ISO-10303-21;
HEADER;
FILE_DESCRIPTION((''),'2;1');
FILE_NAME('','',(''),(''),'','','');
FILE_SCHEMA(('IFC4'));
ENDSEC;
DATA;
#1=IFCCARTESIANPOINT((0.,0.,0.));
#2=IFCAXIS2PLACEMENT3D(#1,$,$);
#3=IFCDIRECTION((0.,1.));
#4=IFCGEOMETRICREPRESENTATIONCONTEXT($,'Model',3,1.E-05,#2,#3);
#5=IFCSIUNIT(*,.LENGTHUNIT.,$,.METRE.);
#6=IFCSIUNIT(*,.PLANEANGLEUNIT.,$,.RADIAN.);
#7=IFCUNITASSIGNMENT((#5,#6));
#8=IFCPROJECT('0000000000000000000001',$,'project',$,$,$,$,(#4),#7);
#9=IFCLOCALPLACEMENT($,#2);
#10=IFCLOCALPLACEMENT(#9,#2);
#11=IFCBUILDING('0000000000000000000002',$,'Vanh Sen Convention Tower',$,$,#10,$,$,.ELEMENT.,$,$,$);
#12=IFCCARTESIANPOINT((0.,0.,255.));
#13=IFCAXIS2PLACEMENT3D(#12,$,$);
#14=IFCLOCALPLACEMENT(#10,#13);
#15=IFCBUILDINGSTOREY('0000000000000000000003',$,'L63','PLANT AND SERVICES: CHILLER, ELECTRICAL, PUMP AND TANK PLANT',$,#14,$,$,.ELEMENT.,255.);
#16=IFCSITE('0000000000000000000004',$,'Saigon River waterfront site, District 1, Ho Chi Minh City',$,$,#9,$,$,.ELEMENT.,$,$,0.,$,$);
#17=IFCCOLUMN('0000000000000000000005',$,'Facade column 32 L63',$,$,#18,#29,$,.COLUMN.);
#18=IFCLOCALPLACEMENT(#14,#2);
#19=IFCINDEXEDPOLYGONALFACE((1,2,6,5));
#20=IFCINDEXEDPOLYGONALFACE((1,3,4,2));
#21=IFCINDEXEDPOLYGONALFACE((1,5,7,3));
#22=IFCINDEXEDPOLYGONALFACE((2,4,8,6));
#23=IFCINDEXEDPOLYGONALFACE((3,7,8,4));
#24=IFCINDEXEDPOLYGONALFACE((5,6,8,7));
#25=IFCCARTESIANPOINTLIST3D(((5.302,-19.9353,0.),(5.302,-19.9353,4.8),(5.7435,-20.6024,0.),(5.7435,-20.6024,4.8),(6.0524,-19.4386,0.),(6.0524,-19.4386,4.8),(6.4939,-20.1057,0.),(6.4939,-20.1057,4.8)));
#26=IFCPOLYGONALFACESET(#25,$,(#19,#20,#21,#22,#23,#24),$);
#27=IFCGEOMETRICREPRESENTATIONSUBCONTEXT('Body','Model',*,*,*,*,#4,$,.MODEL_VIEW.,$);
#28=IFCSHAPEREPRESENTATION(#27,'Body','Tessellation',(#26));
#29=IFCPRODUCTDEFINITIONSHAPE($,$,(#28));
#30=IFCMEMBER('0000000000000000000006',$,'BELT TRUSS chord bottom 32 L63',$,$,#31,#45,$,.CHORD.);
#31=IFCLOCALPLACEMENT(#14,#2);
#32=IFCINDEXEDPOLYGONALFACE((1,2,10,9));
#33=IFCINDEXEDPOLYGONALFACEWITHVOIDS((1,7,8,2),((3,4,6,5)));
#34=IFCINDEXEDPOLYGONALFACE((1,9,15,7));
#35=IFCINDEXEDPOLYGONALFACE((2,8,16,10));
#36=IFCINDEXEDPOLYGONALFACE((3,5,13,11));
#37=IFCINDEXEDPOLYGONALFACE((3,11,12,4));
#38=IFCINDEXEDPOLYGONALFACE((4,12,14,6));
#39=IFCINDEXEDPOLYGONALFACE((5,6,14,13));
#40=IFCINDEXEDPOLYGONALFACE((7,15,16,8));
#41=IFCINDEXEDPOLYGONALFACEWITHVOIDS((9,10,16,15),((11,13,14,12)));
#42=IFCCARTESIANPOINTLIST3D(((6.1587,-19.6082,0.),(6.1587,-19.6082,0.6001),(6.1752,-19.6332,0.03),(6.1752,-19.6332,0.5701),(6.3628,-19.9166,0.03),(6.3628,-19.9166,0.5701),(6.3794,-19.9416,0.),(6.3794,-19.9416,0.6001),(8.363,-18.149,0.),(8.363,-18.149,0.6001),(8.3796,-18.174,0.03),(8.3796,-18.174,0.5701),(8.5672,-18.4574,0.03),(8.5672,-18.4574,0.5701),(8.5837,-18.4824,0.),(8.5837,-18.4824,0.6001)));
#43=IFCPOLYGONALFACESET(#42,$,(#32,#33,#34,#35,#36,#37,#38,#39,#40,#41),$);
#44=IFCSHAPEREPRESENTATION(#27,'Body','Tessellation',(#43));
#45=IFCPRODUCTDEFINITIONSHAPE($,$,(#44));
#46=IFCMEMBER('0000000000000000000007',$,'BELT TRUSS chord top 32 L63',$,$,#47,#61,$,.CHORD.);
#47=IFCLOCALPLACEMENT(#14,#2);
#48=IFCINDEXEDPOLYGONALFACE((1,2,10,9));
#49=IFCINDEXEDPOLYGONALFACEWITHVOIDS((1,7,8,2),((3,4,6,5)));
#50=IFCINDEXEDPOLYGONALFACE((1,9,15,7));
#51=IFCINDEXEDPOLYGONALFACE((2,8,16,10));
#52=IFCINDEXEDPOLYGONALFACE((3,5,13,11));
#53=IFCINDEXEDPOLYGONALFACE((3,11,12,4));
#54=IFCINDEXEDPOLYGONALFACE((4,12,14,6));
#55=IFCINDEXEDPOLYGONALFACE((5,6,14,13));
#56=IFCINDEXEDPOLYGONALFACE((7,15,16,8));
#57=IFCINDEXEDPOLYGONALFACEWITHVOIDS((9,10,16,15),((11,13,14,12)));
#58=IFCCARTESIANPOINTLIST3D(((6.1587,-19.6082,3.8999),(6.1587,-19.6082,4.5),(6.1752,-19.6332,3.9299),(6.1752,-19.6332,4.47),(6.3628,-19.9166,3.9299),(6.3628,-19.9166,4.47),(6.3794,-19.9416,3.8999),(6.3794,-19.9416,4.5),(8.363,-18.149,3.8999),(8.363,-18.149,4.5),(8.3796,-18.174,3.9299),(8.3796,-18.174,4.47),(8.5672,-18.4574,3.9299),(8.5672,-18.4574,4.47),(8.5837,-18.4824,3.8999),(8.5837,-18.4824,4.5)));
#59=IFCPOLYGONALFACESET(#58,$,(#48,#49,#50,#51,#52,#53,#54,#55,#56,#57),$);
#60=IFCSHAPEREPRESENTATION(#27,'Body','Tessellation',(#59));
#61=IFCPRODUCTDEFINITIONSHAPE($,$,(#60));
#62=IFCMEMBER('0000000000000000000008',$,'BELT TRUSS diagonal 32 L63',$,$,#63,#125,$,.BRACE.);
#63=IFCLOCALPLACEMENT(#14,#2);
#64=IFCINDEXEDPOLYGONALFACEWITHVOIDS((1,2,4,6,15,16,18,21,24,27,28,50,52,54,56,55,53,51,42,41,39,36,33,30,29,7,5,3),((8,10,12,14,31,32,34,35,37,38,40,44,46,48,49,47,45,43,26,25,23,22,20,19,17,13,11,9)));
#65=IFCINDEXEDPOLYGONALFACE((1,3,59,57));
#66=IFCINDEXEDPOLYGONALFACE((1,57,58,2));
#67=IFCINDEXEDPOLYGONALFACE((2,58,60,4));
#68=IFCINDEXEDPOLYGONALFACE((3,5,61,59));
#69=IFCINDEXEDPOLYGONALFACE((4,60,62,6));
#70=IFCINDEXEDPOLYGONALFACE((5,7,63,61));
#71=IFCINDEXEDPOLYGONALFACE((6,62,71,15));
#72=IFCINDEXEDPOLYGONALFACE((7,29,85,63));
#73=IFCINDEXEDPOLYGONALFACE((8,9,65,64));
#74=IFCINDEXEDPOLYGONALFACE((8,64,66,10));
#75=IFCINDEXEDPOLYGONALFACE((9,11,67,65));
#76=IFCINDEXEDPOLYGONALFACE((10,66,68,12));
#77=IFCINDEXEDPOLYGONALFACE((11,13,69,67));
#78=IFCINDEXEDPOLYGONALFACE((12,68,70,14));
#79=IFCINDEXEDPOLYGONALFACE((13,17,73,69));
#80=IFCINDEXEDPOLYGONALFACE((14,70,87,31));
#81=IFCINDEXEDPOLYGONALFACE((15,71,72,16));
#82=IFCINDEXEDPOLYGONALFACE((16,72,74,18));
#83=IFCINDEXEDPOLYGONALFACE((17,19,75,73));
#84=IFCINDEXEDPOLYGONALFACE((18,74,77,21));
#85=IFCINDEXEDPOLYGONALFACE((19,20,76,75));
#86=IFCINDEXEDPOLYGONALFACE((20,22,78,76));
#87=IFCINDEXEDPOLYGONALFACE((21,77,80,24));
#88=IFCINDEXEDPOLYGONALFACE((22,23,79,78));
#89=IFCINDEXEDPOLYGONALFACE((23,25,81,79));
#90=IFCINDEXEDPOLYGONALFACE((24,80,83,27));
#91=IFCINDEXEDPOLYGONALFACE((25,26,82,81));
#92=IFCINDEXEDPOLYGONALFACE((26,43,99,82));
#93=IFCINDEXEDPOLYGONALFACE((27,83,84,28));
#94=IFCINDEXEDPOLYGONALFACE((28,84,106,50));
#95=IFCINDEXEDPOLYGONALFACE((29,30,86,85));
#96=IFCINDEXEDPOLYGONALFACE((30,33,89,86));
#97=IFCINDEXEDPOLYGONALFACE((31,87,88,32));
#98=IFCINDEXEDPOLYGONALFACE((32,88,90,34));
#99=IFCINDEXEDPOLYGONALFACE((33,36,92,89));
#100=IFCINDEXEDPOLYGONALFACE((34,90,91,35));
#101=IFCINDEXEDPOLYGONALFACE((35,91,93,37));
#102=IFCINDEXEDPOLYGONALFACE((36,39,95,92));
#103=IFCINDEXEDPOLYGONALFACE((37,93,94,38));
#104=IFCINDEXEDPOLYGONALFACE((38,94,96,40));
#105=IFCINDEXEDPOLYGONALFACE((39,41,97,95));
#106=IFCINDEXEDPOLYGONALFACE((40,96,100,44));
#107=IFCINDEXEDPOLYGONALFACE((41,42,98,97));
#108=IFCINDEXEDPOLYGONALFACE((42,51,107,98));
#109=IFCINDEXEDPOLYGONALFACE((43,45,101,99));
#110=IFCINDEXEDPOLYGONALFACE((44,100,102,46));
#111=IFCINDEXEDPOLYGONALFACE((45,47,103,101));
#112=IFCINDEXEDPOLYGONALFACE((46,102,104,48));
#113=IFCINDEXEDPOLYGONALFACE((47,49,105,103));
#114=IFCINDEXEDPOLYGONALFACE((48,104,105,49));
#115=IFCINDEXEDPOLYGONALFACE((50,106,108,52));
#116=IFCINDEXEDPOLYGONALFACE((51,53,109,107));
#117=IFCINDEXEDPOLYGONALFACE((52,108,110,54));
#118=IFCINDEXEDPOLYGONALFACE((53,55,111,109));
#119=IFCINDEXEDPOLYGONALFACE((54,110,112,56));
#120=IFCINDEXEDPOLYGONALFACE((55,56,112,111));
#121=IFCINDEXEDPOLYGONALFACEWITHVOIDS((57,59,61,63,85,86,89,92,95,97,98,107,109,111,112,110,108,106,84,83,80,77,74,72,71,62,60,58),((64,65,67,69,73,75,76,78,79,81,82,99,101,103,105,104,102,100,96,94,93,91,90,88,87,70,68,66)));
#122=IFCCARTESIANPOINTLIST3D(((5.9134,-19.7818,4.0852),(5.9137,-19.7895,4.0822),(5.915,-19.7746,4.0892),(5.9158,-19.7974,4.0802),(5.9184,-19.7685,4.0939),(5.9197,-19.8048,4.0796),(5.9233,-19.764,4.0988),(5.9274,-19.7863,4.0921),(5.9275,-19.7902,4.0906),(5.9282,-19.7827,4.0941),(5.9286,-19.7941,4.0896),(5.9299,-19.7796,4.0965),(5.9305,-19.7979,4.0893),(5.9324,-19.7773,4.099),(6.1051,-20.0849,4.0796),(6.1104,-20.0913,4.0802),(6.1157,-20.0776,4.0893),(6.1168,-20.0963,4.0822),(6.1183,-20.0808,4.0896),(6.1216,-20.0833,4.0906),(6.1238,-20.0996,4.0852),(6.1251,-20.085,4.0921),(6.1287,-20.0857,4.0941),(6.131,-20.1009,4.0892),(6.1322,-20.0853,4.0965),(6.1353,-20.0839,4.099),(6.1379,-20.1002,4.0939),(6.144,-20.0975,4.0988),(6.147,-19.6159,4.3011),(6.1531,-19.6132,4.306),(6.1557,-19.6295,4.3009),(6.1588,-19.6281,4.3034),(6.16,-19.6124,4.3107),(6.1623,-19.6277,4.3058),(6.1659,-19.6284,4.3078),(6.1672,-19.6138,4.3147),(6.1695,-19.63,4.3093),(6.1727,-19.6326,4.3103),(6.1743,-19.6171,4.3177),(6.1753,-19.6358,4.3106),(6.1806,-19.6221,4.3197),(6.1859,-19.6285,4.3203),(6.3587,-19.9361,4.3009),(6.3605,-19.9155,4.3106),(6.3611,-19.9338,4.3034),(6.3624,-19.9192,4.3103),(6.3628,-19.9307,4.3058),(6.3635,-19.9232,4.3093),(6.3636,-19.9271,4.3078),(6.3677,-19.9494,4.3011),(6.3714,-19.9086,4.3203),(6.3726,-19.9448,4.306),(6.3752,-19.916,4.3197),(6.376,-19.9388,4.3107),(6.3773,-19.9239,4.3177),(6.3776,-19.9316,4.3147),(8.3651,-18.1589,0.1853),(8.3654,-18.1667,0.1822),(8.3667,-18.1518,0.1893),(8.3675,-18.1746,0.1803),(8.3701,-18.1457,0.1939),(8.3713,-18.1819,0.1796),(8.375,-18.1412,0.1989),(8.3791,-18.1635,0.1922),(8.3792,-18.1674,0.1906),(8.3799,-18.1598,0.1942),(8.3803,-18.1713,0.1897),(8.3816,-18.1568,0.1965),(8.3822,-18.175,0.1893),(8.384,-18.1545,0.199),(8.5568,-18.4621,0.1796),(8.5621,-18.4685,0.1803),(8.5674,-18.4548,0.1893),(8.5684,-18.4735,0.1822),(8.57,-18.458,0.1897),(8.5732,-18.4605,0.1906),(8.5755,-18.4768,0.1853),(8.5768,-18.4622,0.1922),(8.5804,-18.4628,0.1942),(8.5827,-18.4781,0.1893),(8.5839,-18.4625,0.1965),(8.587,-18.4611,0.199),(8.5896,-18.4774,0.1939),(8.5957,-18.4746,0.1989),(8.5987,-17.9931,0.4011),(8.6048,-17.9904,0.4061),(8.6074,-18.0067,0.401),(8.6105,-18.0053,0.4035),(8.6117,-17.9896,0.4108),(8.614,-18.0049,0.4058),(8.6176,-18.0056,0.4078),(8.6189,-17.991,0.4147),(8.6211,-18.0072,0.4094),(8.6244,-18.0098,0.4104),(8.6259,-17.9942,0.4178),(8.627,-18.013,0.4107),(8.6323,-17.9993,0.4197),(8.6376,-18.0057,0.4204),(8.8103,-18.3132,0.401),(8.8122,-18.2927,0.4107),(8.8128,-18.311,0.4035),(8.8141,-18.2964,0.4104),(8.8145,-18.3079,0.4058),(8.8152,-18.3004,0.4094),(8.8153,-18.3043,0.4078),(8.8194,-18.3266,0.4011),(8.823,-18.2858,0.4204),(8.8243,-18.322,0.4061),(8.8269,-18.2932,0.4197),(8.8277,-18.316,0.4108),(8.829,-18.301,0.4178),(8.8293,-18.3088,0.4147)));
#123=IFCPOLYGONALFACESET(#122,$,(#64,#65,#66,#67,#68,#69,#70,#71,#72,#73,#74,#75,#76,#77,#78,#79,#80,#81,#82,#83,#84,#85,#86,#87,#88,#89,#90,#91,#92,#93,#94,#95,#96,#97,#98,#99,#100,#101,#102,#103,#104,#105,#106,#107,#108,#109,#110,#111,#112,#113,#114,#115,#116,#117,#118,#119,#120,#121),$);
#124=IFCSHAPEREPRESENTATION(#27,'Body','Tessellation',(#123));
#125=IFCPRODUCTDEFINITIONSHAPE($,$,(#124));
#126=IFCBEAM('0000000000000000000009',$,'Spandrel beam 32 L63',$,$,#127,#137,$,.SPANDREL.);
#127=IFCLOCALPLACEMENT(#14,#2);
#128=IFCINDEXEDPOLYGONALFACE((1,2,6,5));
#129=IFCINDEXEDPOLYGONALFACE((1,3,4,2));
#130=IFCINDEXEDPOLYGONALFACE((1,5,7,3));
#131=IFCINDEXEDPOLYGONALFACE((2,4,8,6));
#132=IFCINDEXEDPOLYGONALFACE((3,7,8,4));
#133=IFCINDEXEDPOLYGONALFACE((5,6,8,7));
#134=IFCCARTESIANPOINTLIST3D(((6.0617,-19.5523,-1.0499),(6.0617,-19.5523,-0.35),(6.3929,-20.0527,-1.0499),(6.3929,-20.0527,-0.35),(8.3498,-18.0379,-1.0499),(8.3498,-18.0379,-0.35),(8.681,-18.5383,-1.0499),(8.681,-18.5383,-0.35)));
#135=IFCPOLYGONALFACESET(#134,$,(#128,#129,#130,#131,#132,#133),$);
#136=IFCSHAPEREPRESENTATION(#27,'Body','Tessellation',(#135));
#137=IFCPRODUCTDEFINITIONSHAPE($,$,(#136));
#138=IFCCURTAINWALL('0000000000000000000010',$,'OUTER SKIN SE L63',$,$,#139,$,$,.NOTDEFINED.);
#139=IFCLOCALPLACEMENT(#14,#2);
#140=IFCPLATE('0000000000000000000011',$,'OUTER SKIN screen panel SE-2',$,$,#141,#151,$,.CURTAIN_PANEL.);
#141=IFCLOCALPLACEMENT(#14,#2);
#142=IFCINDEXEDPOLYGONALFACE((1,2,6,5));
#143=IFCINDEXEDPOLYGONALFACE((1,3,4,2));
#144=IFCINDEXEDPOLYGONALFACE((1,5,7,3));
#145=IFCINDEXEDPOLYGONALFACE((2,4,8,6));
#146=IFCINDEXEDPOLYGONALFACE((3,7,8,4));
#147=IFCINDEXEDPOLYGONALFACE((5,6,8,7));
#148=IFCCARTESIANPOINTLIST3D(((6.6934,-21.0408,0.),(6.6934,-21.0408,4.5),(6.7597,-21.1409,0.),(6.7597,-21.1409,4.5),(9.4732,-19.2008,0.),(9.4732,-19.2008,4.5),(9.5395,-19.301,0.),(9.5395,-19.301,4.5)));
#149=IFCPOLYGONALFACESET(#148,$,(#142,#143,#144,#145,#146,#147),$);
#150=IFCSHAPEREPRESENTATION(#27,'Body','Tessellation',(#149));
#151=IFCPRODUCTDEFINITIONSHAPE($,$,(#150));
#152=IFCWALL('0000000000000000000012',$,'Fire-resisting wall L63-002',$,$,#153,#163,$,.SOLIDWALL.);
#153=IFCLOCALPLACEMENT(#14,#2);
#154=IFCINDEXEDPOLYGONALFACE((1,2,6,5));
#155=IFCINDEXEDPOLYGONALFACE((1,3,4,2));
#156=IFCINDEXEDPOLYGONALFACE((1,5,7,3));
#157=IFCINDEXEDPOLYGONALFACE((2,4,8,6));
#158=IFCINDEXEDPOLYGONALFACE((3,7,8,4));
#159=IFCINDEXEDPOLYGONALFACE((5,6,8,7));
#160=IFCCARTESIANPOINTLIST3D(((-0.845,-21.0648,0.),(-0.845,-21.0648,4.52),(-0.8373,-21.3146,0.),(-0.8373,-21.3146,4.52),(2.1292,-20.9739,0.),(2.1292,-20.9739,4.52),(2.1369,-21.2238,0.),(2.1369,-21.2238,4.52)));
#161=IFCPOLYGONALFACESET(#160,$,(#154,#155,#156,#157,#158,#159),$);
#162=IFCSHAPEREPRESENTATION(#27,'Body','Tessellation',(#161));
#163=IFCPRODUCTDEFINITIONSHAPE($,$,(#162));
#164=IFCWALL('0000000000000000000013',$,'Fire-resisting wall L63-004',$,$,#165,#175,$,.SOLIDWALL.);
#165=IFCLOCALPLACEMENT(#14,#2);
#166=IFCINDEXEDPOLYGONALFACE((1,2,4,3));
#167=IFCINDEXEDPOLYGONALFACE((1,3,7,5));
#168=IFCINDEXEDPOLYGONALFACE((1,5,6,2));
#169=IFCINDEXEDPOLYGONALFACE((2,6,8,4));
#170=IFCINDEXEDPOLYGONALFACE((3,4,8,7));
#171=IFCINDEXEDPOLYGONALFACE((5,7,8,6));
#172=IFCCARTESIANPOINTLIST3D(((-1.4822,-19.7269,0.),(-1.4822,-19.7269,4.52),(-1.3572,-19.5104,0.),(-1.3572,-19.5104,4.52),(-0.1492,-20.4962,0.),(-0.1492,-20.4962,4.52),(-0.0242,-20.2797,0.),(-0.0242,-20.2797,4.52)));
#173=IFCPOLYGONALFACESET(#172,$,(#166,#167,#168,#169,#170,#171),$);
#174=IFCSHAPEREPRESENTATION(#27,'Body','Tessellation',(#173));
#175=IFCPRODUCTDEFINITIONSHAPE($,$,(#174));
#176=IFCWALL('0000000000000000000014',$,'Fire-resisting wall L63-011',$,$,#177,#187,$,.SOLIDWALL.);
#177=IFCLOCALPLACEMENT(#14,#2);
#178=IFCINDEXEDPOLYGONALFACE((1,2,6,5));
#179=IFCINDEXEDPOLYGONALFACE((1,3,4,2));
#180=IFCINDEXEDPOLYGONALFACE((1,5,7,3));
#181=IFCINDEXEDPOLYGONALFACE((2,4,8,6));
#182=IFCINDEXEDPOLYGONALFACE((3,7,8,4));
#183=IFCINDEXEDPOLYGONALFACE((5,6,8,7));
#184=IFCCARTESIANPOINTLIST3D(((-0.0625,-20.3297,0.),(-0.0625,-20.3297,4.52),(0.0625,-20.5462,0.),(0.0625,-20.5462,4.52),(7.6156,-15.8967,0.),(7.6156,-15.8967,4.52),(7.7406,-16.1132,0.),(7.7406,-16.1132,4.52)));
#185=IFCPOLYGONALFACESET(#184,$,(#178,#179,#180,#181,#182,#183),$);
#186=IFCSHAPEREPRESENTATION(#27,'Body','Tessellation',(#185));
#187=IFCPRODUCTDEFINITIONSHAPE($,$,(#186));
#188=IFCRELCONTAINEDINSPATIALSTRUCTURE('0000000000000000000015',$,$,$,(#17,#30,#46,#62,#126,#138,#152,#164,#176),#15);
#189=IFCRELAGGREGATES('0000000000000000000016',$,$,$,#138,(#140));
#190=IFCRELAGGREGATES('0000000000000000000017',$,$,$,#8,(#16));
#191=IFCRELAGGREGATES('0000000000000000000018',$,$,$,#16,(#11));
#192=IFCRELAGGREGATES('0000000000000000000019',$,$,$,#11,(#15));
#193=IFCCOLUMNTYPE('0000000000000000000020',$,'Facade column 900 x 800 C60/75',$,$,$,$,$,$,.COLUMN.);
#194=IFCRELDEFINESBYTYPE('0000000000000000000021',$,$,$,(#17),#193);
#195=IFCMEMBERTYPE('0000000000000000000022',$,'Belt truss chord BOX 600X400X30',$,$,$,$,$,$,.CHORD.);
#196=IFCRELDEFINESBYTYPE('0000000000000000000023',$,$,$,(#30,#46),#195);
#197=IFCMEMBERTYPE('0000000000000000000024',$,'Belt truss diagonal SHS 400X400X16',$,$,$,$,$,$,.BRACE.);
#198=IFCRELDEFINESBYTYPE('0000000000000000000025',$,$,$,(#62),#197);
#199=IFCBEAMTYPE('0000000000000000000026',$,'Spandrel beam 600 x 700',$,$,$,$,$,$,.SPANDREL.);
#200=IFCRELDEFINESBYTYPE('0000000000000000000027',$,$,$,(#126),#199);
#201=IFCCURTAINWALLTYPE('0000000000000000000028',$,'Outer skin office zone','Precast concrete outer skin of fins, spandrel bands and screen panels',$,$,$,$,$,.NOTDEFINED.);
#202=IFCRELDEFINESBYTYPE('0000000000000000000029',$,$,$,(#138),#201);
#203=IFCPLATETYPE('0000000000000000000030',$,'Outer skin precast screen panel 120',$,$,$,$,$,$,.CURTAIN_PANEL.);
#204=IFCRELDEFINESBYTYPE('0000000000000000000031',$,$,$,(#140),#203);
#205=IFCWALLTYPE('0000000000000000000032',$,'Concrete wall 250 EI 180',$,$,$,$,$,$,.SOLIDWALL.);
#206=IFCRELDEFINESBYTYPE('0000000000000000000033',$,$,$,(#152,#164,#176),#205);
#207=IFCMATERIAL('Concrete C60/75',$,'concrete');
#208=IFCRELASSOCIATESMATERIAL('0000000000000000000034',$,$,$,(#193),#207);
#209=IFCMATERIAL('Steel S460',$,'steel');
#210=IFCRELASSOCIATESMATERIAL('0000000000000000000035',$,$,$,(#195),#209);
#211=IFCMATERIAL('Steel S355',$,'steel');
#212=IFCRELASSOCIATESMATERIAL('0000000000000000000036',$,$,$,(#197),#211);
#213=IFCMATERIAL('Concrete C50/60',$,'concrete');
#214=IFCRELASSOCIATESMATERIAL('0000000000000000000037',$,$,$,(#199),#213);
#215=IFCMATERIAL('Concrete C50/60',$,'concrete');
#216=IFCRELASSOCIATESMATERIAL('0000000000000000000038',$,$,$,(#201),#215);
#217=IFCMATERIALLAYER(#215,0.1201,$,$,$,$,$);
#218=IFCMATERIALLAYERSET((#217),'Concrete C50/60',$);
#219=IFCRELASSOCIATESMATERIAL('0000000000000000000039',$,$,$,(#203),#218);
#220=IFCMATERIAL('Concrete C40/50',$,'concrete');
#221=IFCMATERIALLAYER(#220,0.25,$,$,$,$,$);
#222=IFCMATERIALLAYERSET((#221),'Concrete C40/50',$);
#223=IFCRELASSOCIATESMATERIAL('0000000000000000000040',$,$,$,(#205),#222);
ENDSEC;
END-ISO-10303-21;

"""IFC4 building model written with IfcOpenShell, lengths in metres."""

from ifc_helpers import new_model, si_unit, direction, frame, frame_2d, origin, origin_2d, place, context, subcontext, project, spatial, rectangle, hollow_rectangle, extrude, material, layer, layer_set, material_profile, profile_set, type_object, element, aggregate, save


model = new_model("IFC4")

# Units and contexts
model_context = context("Model", 3, precision=1e-05, world=origin(), true_north=direction((0.0, 1.0)))
body_context = subcontext(model_context, "Body", "Model", "MODEL_VIEW")
ifc_project = project(units=[si_unit("LENGTHUNIT", "METRE"), si_unit("PLANEANGLEUNIT", "RADIAN")], contexts=[model_context])

# Site, building, storey
site_placement = place(None, origin())
site = spatial("IfcSite", under=ifc_project, at=site_placement, Name="Saigon River waterfront site, District 1, Ho Chi Minh City", CompositionType="ELEMENT", RefElevation=0.0)
building_placement = place(site_placement, origin())
building = spatial("IfcBuilding", under=site, at=building_placement, Name="Vanh Sen Convention Tower", CompositionType="ELEMENT")
storey_placement = place(building_placement, frame((0.0, 0.0, 255.0)))
storey = spatial("IfcBuildingStorey", under=building, at=storey_placement, Name="L63", Description="PLANT AND SERVICES: CHILLER, ELECTRICAL, PUMP AND TANK PLANT", CompositionType="ELEMENT", Elevation=255.0)

# Column
ifc_material_1 = material(Name="Concrete C60/75", Category="concrete")
ifc_material_profile_1 = material_profile(ifc_material_1, rectangle(XDim=0.8999, YDim=0.8, at=origin_2d()), Name="RC 900X800")
ifc_profile_set_1 = profile_set([ifc_material_profile_1], Name="Concrete C60/75")
column_type = type_object("IfcColumnType", Name="Facade column 900 x 800 C60/75", PredefinedType="COLUMN", material=ifc_profile_set_1)
column_placement = place(storey_placement, frame((5.8979, -20.0205, 0.0), z_axis=(0.0, 0.0, 1.0), x_axis=(0.833886, 0.551937, 0.0)))
element("IfcColumn", 1, at=column_placement, inside=storey, type_object=column_type, Name="Facade column 32 L63", PredefinedType="COLUMN", context=body_context, shape_type="SweptSolid", body=[
    extrude(rectangle(XDim=0.8999, YDim=0.8, at=origin_2d()), origin(), (0.0, 0.0, 1.0), 4.8),
])

# Members
ifc_material_2 = material(Name="Steel S460", Category="steel")
ifc_material_profile_2 = material_profile(ifc_material_2, hollow_rectangle(XDim=0.3999, YDim=0.6001, WallThickness=0.03, at=origin_2d()), Name="BOX 600X400X30")
ifc_profile_set_2 = profile_set([ifc_material_profile_2], Name="Steel S460")
member_type_1 = type_object("IfcMemberType", Name="Belt truss chord BOX 600X400X30", PredefinedType="CHORD", material=ifc_profile_set_2)
for number, where, z_axis, x_axis, name in (
    (2, (6.269, -19.7749, 0.3), (0.83385, 0.551991, 0.0), (-0.551991, 0.83385, 0.0), "BELT TRUSS chord bottom 32 L63"),
    (3, (6.269, -19.7749, 4.2), (0.83385, 0.551991, 0.0), (-0.551991, 0.83385, 0.0), "BELT TRUSS chord top 32 L63"),
):
    element("IfcMember", number, at=place(storey_placement, frame(where, z_axis=z_axis, x_axis=x_axis)), inside=storey, type_object=member_type_1, Name=name, PredefinedType="CHORD", context=body_context, shape_type="SweptSolid", body=[
        extrude(hollow_rectangle(XDim=0.3999, YDim=0.6001, WallThickness=0.03, at=origin_2d()), origin(), (0.0, 0.0, 1.0), 2.6436),
    ])
ifc_material_3 = material(Name="Steel S355", Category="steel")
ifc_material_profile_3 = material_profile(ifc_material_3, hollow_rectangle(XDim=0.3999, YDim=0.3999, WallThickness=0.0161, InnerFilletRadius=0.0161, OuterFilletRadius=0.032, at=origin_2d()), Name="SHS 400X400X16")
ifc_profile_set_3 = profile_set([ifc_material_profile_3], Name="Steel S355")
member_type_2 = type_object("IfcMemberType", Name="Belt truss diagonal SHS 400X400X16", PredefinedType="BRACE", material=ifc_profile_set_3)
member_placement = place(storey_placement, frame((6.1455, -19.8567, 4.2), z_axis=(0.501979, 0.33227, -0.798507), x_axis=(-0.551957, 0.833873, 0.0)))
element("IfcMember", 4, at=member_placement, inside=storey, type_object=member_type_2, Name="BELT TRUSS diagonal 32 L63", PredefinedType="BRACE", context=body_context, shape_type="SweptSolid", body=[
    extrude(hollow_rectangle(XDim=0.3999, YDim=0.3999, WallThickness=0.0161, InnerFilletRadius=0.0161, OuterFilletRadius=0.032, at=origin_2d()), origin(), (0.0, 0.0, 1.0), 4.884),
])

# Beam
ifc_material_4 = material(Name="Concrete C50/60", Category="concrete")
ifc_material_profile_4 = material_profile(ifc_material_4, rectangle(XDim=0.6001, YDim=0.7, at=origin_2d()), Name="RC 600X700")
ifc_profile_set_4 = profile_set([ifc_material_profile_4], Name="Concrete C50/60")
beam_type = type_object("IfcBeamType", Name="Spandrel beam 600 x 700", PredefinedType="SPANDREL", material=ifc_profile_set_4)
beam_placement = place(storey_placement, frame((6.2273, -19.8025, -0.7), z_axis=(0.833894, 0.551925, 0.0), x_axis=(-0.551925, 0.833894, 0.0)))
element("IfcBeam", 5, at=beam_placement, inside=storey, type_object=beam_type, Name="Spandrel beam 32 L63", PredefinedType="SPANDREL", context=body_context, shape_type="SweptSolid", body=[
    extrude(rectangle(XDim=0.6001, YDim=0.7, at=origin_2d()), origin(), (0.0, 0.0, 1.0), 2.7439),
])

# Curtain wall, plate
ifc_material_5 = material(Name="Concrete C50/60", Category="concrete")
curtain_wall_type = type_object("IfcCurtainWallType", Name="Outer skin office zone", Description="Precast concrete outer skin of fins, spandrel bands and screen panels", PredefinedType="NOTDEFINED", material=ifc_material_5)
curtain_wall_placement = place(storey_placement, origin())
curtain_wall = element("IfcCurtainWall", 6, at=curtain_wall_placement, inside=storey, type_object=curtain_wall_type, Name="OUTER SKIN SE L63", PredefinedType="NOTDEFINED")
ifc_layer_1 = layer(ifc_material_5, 0.1201)
ifc_layer_set_1 = layer_set([ifc_layer_1], Name="Concrete C50/60")
plate_type = type_object("IfcPlateType", Name="Outer skin precast screen panel 120", PredefinedType="CURTAIN_PANEL", material=ifc_layer_set_1)
plate_placement = place(storey_placement, frame((8.1165, -20.1709, 0.0), z_axis=(0.0, 0.0, 1.0), x_axis=(0.833874, 0.551954, 0.0)))
plate = element("IfcPlate", 7, at=plate_placement, type_object=plate_type, Name="OUTER SKIN screen panel SE-2", PredefinedType="CURTAIN_PANEL", context=body_context, shape_type="SweptSolid", body=[
    extrude(rectangle(XDim=3.3335, YDim=0.1201, at=origin_2d()), origin(), (0.0, 0.0, 1.0), 4.5),
])
aggregate(curtain_wall, [plate])

# Walls
ifc_material_6 = material(Name="Concrete C40/50", Category="concrete")
ifc_layer_2 = layer(ifc_material_6, 0.25)
ifc_layer_set_2 = layer_set([ifc_layer_2], Name="Concrete C40/50")
wall_type = type_object("IfcWallType", Name="Concrete wall 250 EI 180", PredefinedType="SOLIDWALL", material=ifc_layer_set_2)
wall_1_placement = place(storey_placement, frame((2.1331, -21.0989, 0.0), z_axis=(0.0, 0.0, 1.0), x_axis=(-0.999534, -0.030523, 0.0)))
element("IfcWall", 8, at=wall_1_placement, inside=storey, type_object=wall_type, Name="Fire-resisting wall L63-002", PredefinedType="SOLIDWALL", context=body_context, shape_type="SweptSolid", body=[
    extrude(rectangle(XDim=2.9756, YDim=0.25, at=frame_2d((1.4878, 0.0))), origin(), (0.0, 0.0, 1.0), 4.52),
])
wall_2_placement = place(storey_placement, frame((-0.0867, -20.3879, 0.0), z_axis=(0.0, 0.0, 1.0), x_axis=(-0.866117, 0.499841, 0.0)))
element("IfcWall", 9, at=wall_2_placement, inside=storey, type_object=wall_type, Name="Fire-resisting wall L63-004", PredefinedType="SOLIDWALL", context=body_context, shape_type="SweptSolid", body=[
    extrude(rectangle(XDim=1.5391, YDim=0.25, at=frame_2d((0.7695, 0.0))), origin(), (0.0, 0.0, 1.0), 4.52),
])
wall_3_placement = place(storey_placement, frame((7.6782, -16.0049, 0.0), z_axis=(0.0, 0.0, 1.0), x_axis=(-0.866021, -0.500007, 0.0)))
element("IfcWall", 10, at=wall_3_placement, inside=storey, type_object=wall_type, Name="Fire-resisting wall L63-011", PredefinedType="SOLIDWALL", context=body_context, shape_type="SweptSolid", body=[
    extrude(rectangle(XDim=8.866, YDim=0.25, at=frame_2d((4.4331, 0.0))), origin(), (0.0, 0.0, 1.0), 4.52),
])

save(model, "model.ifc")
